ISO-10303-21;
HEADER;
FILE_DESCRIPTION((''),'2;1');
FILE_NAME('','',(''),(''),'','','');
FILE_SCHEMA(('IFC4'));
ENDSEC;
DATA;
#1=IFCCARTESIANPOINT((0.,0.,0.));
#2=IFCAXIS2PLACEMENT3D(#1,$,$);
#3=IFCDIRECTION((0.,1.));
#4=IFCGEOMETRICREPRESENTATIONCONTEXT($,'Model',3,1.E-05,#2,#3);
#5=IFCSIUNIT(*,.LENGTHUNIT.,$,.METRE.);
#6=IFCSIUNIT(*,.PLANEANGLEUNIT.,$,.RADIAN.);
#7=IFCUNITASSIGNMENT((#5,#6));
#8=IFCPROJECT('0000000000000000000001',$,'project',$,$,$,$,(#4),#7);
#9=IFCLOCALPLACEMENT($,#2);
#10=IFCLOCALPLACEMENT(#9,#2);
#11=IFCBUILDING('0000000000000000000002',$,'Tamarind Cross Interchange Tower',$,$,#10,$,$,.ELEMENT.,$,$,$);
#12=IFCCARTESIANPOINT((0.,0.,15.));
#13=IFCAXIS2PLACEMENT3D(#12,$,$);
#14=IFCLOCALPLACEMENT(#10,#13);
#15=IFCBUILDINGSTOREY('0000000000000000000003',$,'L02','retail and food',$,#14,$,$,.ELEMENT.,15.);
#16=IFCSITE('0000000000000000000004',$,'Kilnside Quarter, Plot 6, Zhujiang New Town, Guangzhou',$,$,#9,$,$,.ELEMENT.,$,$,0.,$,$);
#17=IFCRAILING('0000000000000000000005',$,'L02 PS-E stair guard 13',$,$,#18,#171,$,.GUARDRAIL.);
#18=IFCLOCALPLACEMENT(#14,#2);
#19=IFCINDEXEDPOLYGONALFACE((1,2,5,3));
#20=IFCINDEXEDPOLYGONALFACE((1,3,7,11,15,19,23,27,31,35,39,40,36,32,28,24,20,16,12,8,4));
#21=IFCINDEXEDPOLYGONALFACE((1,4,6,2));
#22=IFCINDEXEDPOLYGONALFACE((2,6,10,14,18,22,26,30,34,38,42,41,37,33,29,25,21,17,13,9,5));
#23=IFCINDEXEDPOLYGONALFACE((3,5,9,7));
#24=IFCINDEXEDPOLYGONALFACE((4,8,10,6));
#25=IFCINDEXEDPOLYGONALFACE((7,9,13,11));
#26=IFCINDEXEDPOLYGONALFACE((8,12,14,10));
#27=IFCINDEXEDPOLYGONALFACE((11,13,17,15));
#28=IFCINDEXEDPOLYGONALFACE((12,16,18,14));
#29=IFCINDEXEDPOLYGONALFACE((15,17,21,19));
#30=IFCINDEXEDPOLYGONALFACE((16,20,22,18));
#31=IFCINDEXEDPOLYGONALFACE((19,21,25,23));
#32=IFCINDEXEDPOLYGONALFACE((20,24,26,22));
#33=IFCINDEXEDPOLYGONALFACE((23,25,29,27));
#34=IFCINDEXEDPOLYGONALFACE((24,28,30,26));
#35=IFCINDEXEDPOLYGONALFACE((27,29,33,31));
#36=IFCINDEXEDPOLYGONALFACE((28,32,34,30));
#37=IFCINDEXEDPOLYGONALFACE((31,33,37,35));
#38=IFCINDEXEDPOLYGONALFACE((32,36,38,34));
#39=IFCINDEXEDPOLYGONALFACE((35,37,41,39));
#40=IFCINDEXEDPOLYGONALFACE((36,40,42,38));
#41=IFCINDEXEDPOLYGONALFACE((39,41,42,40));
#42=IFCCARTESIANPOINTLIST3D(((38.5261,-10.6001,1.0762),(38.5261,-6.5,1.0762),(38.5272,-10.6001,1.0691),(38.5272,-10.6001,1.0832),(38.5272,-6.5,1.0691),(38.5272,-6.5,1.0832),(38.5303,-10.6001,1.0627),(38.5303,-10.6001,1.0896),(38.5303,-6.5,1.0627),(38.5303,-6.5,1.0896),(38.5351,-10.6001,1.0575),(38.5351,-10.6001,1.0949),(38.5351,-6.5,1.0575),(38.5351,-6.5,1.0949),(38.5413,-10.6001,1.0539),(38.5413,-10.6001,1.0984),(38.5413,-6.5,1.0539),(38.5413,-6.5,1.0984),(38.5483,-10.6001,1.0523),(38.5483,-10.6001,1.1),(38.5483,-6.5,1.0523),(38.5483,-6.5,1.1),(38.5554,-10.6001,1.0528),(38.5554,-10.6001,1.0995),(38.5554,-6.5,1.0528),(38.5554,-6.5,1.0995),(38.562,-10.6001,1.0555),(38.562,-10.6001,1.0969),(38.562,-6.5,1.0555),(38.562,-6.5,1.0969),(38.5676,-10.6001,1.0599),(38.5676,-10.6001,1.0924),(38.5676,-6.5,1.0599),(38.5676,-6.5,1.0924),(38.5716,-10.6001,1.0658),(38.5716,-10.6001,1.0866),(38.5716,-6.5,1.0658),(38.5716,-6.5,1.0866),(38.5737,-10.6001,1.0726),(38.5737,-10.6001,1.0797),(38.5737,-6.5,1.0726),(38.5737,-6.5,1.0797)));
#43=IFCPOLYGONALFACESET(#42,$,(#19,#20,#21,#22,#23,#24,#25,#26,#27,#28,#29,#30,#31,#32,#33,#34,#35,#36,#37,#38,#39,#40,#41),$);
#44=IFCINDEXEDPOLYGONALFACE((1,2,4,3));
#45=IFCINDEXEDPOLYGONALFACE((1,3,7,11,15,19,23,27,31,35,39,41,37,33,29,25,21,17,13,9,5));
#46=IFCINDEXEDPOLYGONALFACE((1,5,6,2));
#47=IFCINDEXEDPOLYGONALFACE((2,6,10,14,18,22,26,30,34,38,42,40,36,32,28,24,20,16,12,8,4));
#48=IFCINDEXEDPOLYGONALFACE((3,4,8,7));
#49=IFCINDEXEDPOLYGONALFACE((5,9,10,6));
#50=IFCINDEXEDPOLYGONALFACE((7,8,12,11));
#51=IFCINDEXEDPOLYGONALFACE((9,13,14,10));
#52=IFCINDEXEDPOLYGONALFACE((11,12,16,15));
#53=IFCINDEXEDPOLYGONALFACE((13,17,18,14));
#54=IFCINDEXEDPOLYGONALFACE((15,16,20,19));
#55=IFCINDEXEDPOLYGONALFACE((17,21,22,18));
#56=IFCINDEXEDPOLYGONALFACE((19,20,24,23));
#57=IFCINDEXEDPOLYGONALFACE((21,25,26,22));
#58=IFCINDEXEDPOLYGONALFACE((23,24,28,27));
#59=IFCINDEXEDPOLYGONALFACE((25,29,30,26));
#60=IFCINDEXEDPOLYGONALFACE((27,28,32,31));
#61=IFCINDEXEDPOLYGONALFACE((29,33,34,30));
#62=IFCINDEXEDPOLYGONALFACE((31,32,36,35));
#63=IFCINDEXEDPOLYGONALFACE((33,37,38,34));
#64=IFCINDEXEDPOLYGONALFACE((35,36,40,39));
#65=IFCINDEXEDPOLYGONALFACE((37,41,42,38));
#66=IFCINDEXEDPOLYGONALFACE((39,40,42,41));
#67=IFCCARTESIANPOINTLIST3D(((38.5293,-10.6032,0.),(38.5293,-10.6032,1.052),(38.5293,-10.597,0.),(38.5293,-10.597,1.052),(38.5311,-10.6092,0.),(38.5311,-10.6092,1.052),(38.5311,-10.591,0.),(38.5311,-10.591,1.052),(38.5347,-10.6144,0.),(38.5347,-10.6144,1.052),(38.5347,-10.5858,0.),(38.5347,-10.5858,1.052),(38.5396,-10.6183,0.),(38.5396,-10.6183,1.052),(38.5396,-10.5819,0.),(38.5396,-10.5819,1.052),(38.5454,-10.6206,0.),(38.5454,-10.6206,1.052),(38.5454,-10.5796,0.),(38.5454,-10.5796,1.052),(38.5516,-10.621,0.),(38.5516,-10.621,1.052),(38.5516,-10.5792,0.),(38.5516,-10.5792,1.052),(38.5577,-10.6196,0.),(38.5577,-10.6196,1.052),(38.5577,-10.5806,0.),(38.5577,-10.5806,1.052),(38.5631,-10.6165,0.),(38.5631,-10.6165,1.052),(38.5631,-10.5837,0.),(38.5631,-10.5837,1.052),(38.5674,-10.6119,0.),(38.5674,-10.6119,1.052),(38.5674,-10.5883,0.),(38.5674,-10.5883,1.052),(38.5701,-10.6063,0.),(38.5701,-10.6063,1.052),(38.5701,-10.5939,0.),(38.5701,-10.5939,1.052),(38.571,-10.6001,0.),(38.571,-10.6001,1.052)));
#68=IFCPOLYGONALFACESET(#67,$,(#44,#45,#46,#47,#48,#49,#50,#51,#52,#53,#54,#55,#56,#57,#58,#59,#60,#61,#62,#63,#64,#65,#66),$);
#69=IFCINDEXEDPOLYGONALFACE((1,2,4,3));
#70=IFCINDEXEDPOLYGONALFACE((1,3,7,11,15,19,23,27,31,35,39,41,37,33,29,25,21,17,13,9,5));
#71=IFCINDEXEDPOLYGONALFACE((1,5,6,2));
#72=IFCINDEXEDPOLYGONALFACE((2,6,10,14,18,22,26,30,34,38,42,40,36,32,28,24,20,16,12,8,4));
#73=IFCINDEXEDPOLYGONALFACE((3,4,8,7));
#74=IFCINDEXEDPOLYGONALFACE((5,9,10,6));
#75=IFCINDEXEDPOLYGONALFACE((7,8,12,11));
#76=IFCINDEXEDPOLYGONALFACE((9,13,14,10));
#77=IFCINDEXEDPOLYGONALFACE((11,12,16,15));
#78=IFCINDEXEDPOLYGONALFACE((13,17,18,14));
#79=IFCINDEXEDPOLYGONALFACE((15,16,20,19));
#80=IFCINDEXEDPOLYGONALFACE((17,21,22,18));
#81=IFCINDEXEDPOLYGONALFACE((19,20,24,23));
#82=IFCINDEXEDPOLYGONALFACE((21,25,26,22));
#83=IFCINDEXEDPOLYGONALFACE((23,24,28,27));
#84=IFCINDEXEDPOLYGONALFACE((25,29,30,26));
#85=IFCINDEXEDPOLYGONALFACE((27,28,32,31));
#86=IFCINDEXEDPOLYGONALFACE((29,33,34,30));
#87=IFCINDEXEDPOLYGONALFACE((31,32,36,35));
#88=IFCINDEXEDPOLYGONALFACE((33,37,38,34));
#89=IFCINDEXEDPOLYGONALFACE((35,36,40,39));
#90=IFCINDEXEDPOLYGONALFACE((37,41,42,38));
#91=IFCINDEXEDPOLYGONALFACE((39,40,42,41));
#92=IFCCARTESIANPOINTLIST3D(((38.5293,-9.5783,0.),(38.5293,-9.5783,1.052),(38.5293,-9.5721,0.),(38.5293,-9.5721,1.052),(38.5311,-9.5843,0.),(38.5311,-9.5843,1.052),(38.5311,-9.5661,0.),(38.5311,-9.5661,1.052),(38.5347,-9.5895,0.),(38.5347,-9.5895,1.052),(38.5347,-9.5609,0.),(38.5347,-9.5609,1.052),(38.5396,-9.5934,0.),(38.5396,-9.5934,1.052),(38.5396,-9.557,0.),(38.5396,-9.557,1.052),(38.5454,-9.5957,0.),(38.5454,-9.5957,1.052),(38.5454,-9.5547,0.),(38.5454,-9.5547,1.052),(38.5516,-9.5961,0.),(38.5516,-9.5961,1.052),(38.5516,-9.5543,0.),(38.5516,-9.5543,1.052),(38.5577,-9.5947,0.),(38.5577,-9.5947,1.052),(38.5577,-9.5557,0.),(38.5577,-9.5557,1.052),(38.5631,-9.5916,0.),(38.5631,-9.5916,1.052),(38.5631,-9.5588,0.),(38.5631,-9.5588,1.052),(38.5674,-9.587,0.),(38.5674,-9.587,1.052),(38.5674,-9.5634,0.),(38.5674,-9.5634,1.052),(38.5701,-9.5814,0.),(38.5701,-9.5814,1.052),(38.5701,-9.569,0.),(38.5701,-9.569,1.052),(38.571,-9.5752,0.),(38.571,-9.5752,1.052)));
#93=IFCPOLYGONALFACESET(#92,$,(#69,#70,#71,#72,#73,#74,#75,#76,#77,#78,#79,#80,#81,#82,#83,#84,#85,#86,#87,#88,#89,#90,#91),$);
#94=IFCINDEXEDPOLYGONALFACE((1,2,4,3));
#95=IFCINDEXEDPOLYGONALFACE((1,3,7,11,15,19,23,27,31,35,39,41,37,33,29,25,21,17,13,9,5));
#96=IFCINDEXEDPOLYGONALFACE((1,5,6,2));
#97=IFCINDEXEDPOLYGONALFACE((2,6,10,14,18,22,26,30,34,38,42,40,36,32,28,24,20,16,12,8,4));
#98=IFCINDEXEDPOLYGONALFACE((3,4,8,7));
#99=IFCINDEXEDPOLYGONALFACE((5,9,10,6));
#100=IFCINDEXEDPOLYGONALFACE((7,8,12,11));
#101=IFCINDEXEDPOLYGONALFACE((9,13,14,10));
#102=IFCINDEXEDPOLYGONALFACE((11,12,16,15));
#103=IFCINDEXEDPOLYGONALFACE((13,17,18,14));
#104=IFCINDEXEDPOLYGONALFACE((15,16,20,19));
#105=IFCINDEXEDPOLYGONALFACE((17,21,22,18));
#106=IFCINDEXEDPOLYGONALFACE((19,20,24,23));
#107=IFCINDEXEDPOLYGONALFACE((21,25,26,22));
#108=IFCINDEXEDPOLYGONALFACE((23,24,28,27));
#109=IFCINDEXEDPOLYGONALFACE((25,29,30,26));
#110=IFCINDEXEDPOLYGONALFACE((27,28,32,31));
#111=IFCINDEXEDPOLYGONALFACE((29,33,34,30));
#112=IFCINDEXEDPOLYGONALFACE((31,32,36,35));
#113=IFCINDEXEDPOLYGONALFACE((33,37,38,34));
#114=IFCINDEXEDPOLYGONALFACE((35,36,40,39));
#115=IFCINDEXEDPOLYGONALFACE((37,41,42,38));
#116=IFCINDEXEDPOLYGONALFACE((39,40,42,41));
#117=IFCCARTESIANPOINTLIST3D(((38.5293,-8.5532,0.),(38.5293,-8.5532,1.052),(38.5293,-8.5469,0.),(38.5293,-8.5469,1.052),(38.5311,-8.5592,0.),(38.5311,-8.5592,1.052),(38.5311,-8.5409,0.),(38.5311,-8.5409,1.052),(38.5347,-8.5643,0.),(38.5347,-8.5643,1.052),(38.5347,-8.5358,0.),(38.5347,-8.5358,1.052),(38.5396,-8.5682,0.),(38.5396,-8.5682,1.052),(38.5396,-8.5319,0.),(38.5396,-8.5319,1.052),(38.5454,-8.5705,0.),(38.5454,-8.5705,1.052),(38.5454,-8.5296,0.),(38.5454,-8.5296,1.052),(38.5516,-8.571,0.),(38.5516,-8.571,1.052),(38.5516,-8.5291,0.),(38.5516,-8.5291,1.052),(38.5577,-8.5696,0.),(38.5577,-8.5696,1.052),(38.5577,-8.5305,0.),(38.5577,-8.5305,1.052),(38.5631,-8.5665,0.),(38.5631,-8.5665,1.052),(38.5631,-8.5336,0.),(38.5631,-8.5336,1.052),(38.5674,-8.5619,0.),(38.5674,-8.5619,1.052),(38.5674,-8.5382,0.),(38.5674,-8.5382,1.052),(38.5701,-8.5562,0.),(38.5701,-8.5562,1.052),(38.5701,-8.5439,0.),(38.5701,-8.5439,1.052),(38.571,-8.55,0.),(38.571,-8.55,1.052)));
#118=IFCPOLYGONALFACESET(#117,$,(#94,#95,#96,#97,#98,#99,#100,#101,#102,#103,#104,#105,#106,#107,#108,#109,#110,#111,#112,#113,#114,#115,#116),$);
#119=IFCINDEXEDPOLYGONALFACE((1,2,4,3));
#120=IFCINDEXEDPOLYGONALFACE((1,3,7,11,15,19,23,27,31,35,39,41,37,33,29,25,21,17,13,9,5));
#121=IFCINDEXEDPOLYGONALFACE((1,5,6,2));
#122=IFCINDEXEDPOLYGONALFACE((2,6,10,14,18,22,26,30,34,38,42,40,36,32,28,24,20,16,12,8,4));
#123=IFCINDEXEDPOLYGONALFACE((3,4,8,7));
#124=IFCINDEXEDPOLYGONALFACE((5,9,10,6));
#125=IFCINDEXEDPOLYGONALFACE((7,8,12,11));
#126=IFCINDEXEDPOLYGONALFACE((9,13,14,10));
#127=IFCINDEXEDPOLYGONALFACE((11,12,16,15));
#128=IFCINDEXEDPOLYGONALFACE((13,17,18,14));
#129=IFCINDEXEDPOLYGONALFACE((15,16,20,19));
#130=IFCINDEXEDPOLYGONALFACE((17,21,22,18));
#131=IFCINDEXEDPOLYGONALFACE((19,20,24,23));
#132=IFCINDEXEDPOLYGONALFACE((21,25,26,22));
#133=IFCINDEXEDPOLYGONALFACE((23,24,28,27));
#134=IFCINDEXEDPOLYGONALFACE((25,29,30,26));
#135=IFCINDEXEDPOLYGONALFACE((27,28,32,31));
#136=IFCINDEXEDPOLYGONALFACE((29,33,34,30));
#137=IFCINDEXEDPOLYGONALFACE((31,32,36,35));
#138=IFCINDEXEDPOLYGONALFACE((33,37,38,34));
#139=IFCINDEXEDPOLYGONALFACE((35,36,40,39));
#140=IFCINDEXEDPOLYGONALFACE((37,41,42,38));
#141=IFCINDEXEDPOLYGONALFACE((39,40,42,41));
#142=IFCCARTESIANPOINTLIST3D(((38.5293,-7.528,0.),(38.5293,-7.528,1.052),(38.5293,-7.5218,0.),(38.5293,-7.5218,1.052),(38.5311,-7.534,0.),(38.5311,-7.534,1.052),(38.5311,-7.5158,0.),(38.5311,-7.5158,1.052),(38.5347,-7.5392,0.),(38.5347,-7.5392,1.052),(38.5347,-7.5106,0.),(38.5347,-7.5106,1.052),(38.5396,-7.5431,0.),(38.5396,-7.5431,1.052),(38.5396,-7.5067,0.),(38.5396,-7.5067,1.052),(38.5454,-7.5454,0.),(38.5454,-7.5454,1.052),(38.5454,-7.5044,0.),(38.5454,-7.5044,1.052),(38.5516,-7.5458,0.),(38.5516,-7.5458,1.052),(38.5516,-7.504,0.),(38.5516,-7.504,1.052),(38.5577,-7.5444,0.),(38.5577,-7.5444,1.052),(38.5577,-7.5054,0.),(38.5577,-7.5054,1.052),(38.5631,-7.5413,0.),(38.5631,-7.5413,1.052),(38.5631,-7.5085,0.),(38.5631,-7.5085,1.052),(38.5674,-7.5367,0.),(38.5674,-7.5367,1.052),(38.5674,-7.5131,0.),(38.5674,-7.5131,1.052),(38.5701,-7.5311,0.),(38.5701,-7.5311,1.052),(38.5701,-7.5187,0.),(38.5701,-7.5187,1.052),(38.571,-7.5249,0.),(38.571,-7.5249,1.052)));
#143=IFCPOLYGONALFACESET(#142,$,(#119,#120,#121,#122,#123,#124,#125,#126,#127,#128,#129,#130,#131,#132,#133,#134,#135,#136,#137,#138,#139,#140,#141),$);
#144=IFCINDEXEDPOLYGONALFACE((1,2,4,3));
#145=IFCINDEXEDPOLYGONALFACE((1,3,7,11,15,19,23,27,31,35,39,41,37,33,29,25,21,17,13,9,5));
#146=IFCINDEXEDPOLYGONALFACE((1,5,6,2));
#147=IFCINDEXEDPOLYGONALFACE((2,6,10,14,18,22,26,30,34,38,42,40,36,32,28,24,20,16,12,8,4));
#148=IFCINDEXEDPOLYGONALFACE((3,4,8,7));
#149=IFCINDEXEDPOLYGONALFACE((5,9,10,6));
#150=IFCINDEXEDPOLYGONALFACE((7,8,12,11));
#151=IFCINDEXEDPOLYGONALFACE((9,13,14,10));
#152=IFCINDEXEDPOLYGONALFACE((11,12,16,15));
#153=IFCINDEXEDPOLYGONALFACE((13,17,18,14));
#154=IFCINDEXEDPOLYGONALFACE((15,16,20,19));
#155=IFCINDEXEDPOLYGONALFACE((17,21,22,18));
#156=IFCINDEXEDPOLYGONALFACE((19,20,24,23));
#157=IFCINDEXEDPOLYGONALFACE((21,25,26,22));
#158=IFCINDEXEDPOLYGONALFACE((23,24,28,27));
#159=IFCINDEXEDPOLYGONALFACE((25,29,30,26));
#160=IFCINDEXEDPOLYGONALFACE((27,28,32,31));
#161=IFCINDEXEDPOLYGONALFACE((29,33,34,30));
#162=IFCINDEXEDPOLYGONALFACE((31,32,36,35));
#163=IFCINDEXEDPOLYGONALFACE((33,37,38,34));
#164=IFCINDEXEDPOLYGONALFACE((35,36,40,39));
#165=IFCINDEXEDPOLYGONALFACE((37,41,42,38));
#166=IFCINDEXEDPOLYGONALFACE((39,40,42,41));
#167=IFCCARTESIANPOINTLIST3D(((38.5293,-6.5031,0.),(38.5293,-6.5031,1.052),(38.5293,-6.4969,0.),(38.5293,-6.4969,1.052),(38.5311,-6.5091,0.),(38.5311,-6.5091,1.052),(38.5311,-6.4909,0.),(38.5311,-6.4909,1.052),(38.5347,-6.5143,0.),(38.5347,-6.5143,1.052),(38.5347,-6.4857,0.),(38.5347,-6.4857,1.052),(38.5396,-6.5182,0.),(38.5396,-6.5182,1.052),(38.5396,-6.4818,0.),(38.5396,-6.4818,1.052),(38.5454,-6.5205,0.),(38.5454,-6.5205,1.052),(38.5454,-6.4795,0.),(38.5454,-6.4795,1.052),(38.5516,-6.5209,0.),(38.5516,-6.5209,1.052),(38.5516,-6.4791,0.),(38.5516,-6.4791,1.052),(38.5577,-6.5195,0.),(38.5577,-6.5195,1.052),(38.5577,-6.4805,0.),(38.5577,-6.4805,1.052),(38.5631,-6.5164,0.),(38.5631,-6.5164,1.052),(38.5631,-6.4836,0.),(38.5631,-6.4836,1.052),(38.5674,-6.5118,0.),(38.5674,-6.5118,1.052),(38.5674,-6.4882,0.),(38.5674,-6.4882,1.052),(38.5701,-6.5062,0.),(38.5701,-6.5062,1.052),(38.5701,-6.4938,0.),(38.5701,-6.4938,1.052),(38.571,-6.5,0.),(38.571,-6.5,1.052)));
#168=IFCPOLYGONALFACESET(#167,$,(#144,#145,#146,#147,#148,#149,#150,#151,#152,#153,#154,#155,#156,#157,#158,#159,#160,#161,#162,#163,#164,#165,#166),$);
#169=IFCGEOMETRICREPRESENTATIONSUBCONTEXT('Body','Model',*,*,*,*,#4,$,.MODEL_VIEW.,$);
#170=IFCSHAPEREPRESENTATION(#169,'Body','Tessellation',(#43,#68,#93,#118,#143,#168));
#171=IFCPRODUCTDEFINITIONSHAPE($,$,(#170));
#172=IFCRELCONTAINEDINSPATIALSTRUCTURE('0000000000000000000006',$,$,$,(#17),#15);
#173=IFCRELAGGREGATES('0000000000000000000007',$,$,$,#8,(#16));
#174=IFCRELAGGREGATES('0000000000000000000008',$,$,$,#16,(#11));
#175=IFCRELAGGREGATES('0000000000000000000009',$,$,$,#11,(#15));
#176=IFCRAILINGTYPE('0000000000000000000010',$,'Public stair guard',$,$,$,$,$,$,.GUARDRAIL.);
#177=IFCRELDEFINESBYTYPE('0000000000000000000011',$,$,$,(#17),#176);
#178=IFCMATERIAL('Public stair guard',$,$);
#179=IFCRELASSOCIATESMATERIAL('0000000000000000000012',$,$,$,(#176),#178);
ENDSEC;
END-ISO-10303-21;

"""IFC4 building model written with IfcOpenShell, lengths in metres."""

from ifc_helpers import new_model, si_unit, direction, frame, origin, origin_2d, place, context, subcontext, project, spatial, circle, extrude, material, type_object, element, save


model = new_model("IFC4")

# Units and contexts
model_context = context("Model", 3, precision=1e-05, world=origin(), true_north=direction((0.0, 1.0)))
body_context = subcontext(model_context, "Body", "Model", "MODEL_VIEW")
ifc_project = project(units=[si_unit("LENGTHUNIT", "METRE"), si_unit("PLANEANGLEUNIT", "RADIAN")], contexts=[model_context])

# Site, building, storey
site_placement = place(None, origin())
site = spatial("IfcSite", under=ifc_project, at=site_placement, Name="Kilnside Quarter, Plot 6, Zhujiang New Town, Guangzhou", CompositionType="ELEMENT", RefElevation=0.0)
building_placement = place(site_placement, origin())
building = spatial("IfcBuilding", under=site, at=building_placement, Name="Tamarind Cross Interchange Tower", CompositionType="ELEMENT")
storey_placement = place(building_placement, frame((0.0, 0.0, 15.0)))
storey = spatial("IfcBuildingStorey", under=building, at=storey_placement, Name="L02", Description="retail and food", CompositionType="ELEMENT", Elevation=15.0)

# Railing
ifc_material_1 = material(Name="Public stair guard")
railing_type_1 = type_object("IfcRailingType", Name="Public stair guard", PredefinedType="GUARDRAIL", material=ifc_material_1)
railing_1_placement = place(storey_placement, frame((38.55, -10.6001, 0.0)))
element("IfcRailing", 1, at=railing_1_placement, inside=storey, type_object=railing_type_1, Name="L02 PS-E stair guard 13", PredefinedType="GUARDRAIL", context=body_context, shape_type="SweptSolid", body=[
    extrude(circle(Radius=0.0239, at=origin_2d()), frame((0.0, 0.0, 1.0762), z_axis=(0.0, 1.0, 0.0), x_axis=(-1.0, 0.0, 0.0)), (0.0, 0.0, 1.0), 4.1001),
    extrude(circle(Radius=0.021, at=origin_2d()), origin(), (0.0, 0.0, 1.0), 1.052),
    extrude(circle(Radius=0.021, at=origin_2d()), frame((0.0, 1.0249, 0.0)), (0.0, 0.0, 1.0), 1.052),
    extrude(circle(Radius=0.021, at=origin_2d()), frame((0.0, 2.05, 0.0)), (0.0, 0.0, 1.0), 1.052),
    extrude(circle(Radius=0.021, at=origin_2d()), frame((0.0, 3.0752, 0.0)), (0.0, 0.0, 1.0), 1.052),
    extrude(circle(Radius=0.021, at=origin_2d()), frame((0.0, 4.1001, 0.0)), (0.0, 0.0, 1.0), 1.052),
])

save(model, "model.ifc")
